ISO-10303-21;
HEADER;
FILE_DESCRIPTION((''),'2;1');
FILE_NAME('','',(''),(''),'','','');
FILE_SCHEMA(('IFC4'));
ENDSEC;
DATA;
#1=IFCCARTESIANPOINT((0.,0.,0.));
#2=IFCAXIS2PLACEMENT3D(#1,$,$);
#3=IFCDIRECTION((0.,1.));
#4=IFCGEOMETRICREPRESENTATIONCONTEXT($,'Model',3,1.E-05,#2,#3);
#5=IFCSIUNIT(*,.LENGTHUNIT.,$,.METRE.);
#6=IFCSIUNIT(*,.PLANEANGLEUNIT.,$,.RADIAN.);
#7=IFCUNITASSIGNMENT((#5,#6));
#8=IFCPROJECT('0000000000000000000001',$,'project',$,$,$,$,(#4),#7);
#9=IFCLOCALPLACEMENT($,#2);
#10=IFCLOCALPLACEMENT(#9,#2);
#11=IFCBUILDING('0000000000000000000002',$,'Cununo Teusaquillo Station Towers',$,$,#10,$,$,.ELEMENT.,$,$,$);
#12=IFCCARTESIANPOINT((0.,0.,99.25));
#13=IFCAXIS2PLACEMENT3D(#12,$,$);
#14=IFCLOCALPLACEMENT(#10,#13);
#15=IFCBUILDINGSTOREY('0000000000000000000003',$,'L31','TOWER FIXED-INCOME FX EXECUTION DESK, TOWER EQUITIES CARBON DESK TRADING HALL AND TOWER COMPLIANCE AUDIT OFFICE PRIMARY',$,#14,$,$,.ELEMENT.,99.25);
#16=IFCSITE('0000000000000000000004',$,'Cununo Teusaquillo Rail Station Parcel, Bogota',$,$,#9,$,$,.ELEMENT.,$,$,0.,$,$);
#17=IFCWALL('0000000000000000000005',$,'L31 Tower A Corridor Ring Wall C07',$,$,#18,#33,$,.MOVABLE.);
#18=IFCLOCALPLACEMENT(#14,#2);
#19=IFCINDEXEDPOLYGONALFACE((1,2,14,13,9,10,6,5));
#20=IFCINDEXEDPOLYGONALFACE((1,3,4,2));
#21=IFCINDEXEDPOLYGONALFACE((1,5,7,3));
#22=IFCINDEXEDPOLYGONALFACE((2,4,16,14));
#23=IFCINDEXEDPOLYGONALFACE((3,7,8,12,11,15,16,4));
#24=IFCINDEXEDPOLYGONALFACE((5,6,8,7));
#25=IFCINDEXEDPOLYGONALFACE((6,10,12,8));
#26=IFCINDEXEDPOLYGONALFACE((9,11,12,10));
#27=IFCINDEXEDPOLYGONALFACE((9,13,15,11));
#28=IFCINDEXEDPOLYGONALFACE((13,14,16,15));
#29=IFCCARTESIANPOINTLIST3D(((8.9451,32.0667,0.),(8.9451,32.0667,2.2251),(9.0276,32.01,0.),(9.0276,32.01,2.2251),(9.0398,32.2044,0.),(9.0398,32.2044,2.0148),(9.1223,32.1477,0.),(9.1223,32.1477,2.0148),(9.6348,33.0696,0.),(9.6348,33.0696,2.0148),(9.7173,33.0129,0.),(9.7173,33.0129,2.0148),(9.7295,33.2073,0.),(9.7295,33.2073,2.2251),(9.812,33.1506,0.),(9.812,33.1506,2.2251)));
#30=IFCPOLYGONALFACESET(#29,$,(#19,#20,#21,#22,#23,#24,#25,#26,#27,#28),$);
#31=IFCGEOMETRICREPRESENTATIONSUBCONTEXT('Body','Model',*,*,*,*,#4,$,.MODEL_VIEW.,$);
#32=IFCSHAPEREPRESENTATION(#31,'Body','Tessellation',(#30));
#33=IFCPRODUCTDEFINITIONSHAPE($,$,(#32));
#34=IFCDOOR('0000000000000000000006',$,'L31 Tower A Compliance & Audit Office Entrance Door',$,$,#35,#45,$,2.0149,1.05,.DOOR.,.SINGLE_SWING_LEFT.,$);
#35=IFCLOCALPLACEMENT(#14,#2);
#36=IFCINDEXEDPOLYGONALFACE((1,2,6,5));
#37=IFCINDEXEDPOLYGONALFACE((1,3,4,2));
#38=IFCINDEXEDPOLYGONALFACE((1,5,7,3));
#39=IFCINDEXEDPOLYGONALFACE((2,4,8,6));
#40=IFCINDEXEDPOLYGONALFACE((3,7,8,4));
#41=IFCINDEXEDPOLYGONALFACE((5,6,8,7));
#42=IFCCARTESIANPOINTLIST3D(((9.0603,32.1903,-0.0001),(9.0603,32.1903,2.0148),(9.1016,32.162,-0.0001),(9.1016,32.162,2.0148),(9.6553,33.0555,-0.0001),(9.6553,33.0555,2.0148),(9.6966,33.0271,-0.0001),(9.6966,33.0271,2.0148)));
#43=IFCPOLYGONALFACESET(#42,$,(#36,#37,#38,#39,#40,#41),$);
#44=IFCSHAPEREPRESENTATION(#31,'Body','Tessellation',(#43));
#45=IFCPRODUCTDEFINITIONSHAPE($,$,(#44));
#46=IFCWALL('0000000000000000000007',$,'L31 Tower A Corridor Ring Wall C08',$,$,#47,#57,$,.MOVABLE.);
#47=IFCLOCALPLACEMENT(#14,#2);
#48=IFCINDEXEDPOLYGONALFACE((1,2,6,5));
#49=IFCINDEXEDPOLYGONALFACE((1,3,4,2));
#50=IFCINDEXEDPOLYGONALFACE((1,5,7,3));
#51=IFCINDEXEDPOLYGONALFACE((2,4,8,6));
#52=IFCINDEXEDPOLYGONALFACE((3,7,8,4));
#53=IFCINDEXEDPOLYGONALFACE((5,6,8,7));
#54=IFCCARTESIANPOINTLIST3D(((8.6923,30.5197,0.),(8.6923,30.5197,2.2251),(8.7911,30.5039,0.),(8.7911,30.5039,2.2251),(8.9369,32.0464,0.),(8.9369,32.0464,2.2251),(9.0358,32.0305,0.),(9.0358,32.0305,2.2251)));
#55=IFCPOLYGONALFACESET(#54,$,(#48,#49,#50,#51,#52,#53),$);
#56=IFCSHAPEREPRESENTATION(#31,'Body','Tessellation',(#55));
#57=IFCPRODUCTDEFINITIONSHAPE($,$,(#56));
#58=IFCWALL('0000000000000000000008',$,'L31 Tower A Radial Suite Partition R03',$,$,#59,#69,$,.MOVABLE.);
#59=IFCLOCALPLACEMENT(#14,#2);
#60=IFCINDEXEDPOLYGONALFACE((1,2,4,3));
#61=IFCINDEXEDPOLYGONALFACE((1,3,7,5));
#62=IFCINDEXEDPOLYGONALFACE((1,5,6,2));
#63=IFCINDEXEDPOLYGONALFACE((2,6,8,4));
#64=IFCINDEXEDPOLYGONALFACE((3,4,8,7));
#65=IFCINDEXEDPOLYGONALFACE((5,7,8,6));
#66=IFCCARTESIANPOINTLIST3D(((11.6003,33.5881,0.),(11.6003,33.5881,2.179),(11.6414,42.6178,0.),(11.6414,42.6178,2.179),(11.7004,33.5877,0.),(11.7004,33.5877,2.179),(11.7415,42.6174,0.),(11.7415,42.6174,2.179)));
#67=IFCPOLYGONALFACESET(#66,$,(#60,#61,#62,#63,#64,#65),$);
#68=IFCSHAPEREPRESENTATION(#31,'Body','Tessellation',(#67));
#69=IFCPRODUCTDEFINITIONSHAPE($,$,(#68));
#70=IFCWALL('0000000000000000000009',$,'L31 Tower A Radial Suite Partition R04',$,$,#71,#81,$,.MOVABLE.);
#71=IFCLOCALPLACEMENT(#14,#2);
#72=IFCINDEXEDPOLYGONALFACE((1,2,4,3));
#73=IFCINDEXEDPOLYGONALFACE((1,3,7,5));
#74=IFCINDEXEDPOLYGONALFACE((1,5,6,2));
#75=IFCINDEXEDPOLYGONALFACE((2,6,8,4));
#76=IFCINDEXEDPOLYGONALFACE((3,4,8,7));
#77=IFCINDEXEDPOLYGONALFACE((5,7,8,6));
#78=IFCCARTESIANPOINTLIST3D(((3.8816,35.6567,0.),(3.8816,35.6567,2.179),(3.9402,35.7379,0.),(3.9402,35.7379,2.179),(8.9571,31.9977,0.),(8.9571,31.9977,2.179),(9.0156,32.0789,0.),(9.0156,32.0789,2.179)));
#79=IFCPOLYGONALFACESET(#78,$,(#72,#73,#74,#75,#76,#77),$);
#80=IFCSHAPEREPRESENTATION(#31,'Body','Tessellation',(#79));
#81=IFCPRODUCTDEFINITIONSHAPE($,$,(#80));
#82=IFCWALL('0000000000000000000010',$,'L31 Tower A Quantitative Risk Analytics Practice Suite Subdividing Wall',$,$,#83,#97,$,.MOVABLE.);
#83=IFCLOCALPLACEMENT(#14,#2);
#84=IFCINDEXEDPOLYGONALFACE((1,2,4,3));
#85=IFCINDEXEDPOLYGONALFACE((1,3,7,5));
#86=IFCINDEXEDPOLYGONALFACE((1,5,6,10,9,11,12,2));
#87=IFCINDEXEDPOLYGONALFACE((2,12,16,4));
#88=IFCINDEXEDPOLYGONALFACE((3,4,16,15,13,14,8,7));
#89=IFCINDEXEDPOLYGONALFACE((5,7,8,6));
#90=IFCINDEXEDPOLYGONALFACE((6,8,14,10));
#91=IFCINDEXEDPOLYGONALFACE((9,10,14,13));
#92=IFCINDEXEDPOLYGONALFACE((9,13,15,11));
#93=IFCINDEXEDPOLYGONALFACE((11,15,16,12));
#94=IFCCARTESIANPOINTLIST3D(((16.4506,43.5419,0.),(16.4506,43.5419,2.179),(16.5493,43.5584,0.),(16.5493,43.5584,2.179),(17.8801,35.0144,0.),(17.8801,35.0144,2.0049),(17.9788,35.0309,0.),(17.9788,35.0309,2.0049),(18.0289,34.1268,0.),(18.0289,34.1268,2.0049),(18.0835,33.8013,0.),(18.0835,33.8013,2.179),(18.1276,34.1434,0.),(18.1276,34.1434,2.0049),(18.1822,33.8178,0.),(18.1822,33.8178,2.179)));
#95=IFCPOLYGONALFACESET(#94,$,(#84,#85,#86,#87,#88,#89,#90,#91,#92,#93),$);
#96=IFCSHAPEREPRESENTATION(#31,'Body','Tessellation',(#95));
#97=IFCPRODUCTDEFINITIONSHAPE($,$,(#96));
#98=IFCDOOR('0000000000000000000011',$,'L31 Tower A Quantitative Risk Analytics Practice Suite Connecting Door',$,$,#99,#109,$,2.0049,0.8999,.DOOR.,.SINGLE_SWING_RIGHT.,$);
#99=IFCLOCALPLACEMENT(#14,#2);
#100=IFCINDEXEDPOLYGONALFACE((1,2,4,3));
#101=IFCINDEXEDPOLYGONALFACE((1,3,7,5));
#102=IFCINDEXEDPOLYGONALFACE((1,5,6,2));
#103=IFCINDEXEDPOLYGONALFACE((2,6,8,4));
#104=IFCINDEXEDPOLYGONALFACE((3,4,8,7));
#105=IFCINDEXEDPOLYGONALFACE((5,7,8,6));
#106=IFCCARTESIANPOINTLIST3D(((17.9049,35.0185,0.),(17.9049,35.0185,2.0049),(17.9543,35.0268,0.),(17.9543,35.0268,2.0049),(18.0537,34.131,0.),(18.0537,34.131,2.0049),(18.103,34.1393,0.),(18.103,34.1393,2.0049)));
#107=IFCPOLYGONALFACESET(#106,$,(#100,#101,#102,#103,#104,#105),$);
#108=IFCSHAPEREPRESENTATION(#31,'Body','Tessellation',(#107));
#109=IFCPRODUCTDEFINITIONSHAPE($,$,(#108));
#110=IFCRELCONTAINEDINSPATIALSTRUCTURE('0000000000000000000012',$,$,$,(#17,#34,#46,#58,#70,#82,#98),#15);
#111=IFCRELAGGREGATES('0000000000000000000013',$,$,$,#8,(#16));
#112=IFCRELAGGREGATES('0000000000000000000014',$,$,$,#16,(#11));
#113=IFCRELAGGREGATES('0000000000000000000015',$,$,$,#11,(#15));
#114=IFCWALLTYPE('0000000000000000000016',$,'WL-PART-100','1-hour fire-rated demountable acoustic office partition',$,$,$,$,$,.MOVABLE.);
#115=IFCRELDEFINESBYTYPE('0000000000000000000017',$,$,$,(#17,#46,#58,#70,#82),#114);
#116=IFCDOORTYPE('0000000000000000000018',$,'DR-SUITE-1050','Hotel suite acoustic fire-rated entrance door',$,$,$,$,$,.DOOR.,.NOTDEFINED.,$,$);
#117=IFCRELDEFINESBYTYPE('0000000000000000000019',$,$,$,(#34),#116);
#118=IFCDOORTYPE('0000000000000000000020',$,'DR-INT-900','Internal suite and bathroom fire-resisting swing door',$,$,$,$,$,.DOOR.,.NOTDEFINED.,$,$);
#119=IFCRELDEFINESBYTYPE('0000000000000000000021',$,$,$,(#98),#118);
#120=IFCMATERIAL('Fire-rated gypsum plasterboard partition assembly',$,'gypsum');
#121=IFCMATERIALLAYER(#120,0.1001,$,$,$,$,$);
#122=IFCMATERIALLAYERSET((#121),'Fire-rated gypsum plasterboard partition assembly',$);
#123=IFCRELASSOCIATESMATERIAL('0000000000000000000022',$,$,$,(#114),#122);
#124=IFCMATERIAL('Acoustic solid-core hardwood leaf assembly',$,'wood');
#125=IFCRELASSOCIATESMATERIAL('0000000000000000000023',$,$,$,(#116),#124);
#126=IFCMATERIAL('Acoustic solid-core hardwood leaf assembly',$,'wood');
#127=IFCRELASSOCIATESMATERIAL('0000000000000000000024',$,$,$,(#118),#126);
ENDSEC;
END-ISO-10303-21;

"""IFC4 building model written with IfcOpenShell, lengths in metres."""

from ifc_helpers import new_model, si_unit, direction, frame, frame_2d, origin, place, context, subcontext, project, spatial, rectangle, extrude, source, transform, mapped, material, layer, layer_set, type_object, element, fill, save


model = new_model("IFC4")

# Units and contexts
model_context = context("Model", 3, precision=1e-05, world=origin(), true_north=direction((0.0, 1.0)))
body_context = subcontext(model_context, "Body", "Model", "MODEL_VIEW")
ifc_project = project(units=[si_unit("LENGTHUNIT", "METRE"), si_unit("PLANEANGLEUNIT", "RADIAN")], contexts=[model_context])

# Site, building, storey
site_placement = place(None, origin())
site = spatial("IfcSite", under=ifc_project, at=site_placement, Name="Cununo Teusaquillo Rail Station Parcel, Bogota", CompositionType="ELEMENT", RefElevation=0.0)
building_placement = place(site_placement, origin())
building = spatial("IfcBuilding", under=site, at=building_placement, Name="Cununo Teusaquillo Station Towers", CompositionType="ELEMENT")
storey_placement = place(building_placement, frame((0.0, 0.0, 99.25)))
storey = spatial("IfcBuildingStorey", under=building, at=storey_placement, Name="L31", Description="TOWER FIXED-INCOME FX EXECUTION DESK, TOWER EQUITIES CARBON DESK TRADING HALL AND TOWER COMPLIANCE AUDIT OFFICE PRIMARY", CompositionType="ELEMENT", Elevation=99.25)

# Shared definitions
ifc_material_1 = material(Name="Fire-rated gypsum plasterboard partition assembly", Category="gypsum")
ifc_layer_1 = layer(ifc_material_1, 0.1001)
ifc_layer_set_1 = layer_set([ifc_layer_1], Name="Fire-rated gypsum plasterboard partition assembly")
wall_type_1 = type_object("IfcWallType", Name="WL-PART-100", Description="1-hour fire-rated demountable acoustic office partition", PredefinedType="MOVABLE", material=ifc_layer_set_1)

# Wall, opening, door
wall_1_placement = place(storey_placement, frame((9.7708, 33.179, 0.0), z_axis=(0.0, 0.0, 1.0), x_axis=(-0.566649, -0.82396, 0.0)))
wall_1 = element("IfcWall", 1, at=wall_1_placement, inside=storey, type_object=wall_type_1, Name="L31 Tower A Corridor Ring Wall C07", PredefinedType="MOVABLE", context=body_context, shape_type="SweptSolid", body=[
    extrude(rectangle(XDim=1.3843, YDim=0.1001, at=frame_2d((0.6921, 0.0))), origin(), (0.0, 0.0, 1.0), 2.2251),
])
shared_shape_1 = source(origin(), body_context, "Body", "SweptSolid", [
    extrude(rectangle(XDim=1.05, YDim=2.0149, at=frame_2d((0.5249, 1.0073))), frame((0.0, 0.0601, 0.0), z_axis=(0.0, -1.0, 0.0), x_axis=(1.0, 0.0, 0.0)), (0.0, 0.0, 1.0), 0.1201),
])
opening_1_placement = place(wall_1_placement, frame((0.1672, 0.0, 0.0)))
opening_1 = element("IfcOpeningElement", 2, at=opening_1_placement, cuts=wall_1, PredefinedType="OPENING", context=body_context, shape_type="MappedRepresentation", body=[
    mapped(shared_shape_1, transform((0.0, 0.0, 0.0), x_axis=(1.0, 0.0, 0.0), y_axis=(0.0, 1.0, 0.0), z_axis=(0.0, 0.0, 1.0), scale=1.0)),
])
ifc_material_2 = material(Name="Acoustic solid-core hardwood leaf assembly", Category="wood")
door_type_1 = type_object("IfcDoorType", Name="DR-SUITE-1050", Description="Hotel suite acoustic fire-rated entrance door", OperationType="NOTDEFINED", PredefinedType="DOOR", material=ifc_material_2)
shared_shape_2 = source(origin(), body_context, "Body", "SweptSolid", [
    extrude(rectangle(XDim=1.05, YDim=2.0149, at=frame_2d((0.5249, 1.0073))), frame((0.0, 0.0249, 0.0), z_axis=(0.0, -1.0, 0.0), x_axis=(1.0, 0.0, 0.0)), (0.0, 0.0, 1.0), 0.05),
])
door_1_placement = place(opening_1_placement, origin())
door_1 = element("IfcDoor", 3, at=door_1_placement, inside=storey, type_object=door_type_1, Name="L31 Tower A Compliance & Audit Office Entrance Door", OperationType="SINGLE_SWING_LEFT", OverallHeight=2.0149, OverallWidth=1.05, PredefinedType="DOOR", context=body_context, shape_type="MappedRepresentation", body=[
    mapped(shared_shape_2, transform((0.0, 0.0, 0.0), x_axis=(1.0, 0.0, 0.0), y_axis=(0.0, 1.0, 0.0), z_axis=(0.0, 0.0, 1.0), scale=1.0)),
])
fill(opening_1, door_1)

# Walls
wall_2_placement = place(storey_placement, frame((8.9863, 32.0383, 0.0), z_axis=(0.0, 0.0, 1.0), x_axis=(-0.158225, -0.987403, 0.0)))
element("IfcWall", 4, at=wall_2_placement, inside=storey, type_object=wall_type_1, Name="L31 Tower A Corridor Ring Wall C08", PredefinedType="MOVABLE", context=body_context, shape_type="SweptSolid", body=[
    extrude(rectangle(XDim=1.5461, YDim=0.1001, at=frame_2d((0.7729, 0.0))), origin(), (0.0, 0.0, 1.0), 2.2251),
])
wall_3_placement = place(storey_placement, frame((11.6504, 33.5879, 0.0), z_axis=(0.0, 0.0, 1.0), x_axis=(0.004542, 0.99999, 0.0)))
element("IfcWall", 5, at=wall_3_placement, inside=storey, type_object=wall_type_1, Name="L31 Tower A Radial Suite Partition R03", PredefinedType="MOVABLE", context=body_context, shape_type="SweptSolid", body=[
    extrude(rectangle(XDim=9.0298, YDim=0.1001, at=frame_2d((4.5149, 0.0))), origin(), (0.0, 0.0, 1.0), 2.179),
])
wall_4_placement = place(storey_placement, frame((8.9863, 32.0383, 0.0), z_axis=(0.0, 0.0, 1.0), x_axis=(-0.811184, 0.584791, 0.0)))
element("IfcWall", 6, at=wall_4_placement, inside=storey, type_object=wall_type_1, Name="L31 Tower A Radial Suite Partition R04", PredefinedType="MOVABLE", context=body_context, shape_type="SweptSolid", body=[
    extrude(rectangle(XDim=6.2568, YDim=0.1001, at=frame_2d((3.1284, 0.0))), origin(), (0.0, 0.0, 1.0), 2.179),
])

# Wall, opening, door
wall_5_placement = place(storey_placement, frame((18.1328, 33.8096, 0.0), z_axis=(0.0, 0.0, 1.0), x_axis=(-0.165325, 0.986239, 0.0)))
wall_5 = element("IfcWall", 7, at=wall_5_placement, inside=storey, type_object=wall_type_1, Name="L31 Tower A Quantitative Risk Analytics Practice Suite Subdividing Wall", PredefinedType="MOVABLE", context=body_context, shape_type="SweptSolid", body=[
    extrude(rectangle(XDim=9.8765, YDim=0.1001, at=frame_2d((4.9382, 0.0))), origin(), (0.0, 0.0, 1.0), 2.179),
])
shared_shape_3 = source(origin(), body_context, "Body", "SweptSolid", [
    extrude(rectangle(XDim=0.8999, YDim=2.0049, at=frame_2d((0.45, 1.0024))), frame((0.0, 0.0601, 0.0), z_axis=(0.0, -1.0, 0.0), x_axis=(1.0, 0.0, 0.0)), (0.0, 0.0, 1.0), 0.1201),
])
opening_2_placement = place(wall_5_placement, frame((0.3301, 0.0, 0.0)))
opening_2 = element("IfcOpeningElement", 8, at=opening_2_placement, cuts=wall_5, PredefinedType="OPENING", context=body_context, shape_type="MappedRepresentation", body=[
    mapped(shared_shape_3, transform((0.0, 0.0, 0.0), x_axis=(1.0, 0.0, 0.0), y_axis=(0.0, 1.0, 0.0), z_axis=(0.0, 0.0, 1.0), scale=1.0)),
])
ifc_material_3 = material(Name="Acoustic solid-core hardwood leaf assembly", Category="wood")
door_type_2 = type_object("IfcDoorType", Name="DR-INT-900", Description="Internal suite and bathroom fire-resisting swing door", OperationType="NOTDEFINED", PredefinedType="DOOR", material=ifc_material_3)
shared_shape_4 = source(origin(), body_context, "Body", "SweptSolid", [
    extrude(rectangle(XDim=0.8999, YDim=2.0049, at=frame_2d((0.45, 1.0024))), frame((0.0, 0.0249, 0.0), z_axis=(0.0, -1.0, 0.0), x_axis=(1.0, 0.0, 0.0)), (0.0, 0.0, 1.0), 0.05),
])
door_2_placement = place(opening_2_placement, origin())
door_2 = element("IfcDoor", 9, at=door_2_placement, inside=storey, type_object=door_type_2, Name="L31 Tower A Quantitative Risk Analytics Practice Suite Connecting Door", OperationType="SINGLE_SWING_RIGHT", OverallHeight=2.0049, OverallWidth=0.8999, PredefinedType="DOOR", context=body_context, shape_type="MappedRepresentation", body=[
    mapped(shared_shape_4, transform((0.0, 0.0, 0.0), x_axis=(1.0, 0.0, 0.0), y_axis=(0.0, 1.0, 0.0), z_axis=(0.0, 0.0, 1.0), scale=1.0)),
])
fill(opening_2, door_2)

save(model, "model.ifc")
